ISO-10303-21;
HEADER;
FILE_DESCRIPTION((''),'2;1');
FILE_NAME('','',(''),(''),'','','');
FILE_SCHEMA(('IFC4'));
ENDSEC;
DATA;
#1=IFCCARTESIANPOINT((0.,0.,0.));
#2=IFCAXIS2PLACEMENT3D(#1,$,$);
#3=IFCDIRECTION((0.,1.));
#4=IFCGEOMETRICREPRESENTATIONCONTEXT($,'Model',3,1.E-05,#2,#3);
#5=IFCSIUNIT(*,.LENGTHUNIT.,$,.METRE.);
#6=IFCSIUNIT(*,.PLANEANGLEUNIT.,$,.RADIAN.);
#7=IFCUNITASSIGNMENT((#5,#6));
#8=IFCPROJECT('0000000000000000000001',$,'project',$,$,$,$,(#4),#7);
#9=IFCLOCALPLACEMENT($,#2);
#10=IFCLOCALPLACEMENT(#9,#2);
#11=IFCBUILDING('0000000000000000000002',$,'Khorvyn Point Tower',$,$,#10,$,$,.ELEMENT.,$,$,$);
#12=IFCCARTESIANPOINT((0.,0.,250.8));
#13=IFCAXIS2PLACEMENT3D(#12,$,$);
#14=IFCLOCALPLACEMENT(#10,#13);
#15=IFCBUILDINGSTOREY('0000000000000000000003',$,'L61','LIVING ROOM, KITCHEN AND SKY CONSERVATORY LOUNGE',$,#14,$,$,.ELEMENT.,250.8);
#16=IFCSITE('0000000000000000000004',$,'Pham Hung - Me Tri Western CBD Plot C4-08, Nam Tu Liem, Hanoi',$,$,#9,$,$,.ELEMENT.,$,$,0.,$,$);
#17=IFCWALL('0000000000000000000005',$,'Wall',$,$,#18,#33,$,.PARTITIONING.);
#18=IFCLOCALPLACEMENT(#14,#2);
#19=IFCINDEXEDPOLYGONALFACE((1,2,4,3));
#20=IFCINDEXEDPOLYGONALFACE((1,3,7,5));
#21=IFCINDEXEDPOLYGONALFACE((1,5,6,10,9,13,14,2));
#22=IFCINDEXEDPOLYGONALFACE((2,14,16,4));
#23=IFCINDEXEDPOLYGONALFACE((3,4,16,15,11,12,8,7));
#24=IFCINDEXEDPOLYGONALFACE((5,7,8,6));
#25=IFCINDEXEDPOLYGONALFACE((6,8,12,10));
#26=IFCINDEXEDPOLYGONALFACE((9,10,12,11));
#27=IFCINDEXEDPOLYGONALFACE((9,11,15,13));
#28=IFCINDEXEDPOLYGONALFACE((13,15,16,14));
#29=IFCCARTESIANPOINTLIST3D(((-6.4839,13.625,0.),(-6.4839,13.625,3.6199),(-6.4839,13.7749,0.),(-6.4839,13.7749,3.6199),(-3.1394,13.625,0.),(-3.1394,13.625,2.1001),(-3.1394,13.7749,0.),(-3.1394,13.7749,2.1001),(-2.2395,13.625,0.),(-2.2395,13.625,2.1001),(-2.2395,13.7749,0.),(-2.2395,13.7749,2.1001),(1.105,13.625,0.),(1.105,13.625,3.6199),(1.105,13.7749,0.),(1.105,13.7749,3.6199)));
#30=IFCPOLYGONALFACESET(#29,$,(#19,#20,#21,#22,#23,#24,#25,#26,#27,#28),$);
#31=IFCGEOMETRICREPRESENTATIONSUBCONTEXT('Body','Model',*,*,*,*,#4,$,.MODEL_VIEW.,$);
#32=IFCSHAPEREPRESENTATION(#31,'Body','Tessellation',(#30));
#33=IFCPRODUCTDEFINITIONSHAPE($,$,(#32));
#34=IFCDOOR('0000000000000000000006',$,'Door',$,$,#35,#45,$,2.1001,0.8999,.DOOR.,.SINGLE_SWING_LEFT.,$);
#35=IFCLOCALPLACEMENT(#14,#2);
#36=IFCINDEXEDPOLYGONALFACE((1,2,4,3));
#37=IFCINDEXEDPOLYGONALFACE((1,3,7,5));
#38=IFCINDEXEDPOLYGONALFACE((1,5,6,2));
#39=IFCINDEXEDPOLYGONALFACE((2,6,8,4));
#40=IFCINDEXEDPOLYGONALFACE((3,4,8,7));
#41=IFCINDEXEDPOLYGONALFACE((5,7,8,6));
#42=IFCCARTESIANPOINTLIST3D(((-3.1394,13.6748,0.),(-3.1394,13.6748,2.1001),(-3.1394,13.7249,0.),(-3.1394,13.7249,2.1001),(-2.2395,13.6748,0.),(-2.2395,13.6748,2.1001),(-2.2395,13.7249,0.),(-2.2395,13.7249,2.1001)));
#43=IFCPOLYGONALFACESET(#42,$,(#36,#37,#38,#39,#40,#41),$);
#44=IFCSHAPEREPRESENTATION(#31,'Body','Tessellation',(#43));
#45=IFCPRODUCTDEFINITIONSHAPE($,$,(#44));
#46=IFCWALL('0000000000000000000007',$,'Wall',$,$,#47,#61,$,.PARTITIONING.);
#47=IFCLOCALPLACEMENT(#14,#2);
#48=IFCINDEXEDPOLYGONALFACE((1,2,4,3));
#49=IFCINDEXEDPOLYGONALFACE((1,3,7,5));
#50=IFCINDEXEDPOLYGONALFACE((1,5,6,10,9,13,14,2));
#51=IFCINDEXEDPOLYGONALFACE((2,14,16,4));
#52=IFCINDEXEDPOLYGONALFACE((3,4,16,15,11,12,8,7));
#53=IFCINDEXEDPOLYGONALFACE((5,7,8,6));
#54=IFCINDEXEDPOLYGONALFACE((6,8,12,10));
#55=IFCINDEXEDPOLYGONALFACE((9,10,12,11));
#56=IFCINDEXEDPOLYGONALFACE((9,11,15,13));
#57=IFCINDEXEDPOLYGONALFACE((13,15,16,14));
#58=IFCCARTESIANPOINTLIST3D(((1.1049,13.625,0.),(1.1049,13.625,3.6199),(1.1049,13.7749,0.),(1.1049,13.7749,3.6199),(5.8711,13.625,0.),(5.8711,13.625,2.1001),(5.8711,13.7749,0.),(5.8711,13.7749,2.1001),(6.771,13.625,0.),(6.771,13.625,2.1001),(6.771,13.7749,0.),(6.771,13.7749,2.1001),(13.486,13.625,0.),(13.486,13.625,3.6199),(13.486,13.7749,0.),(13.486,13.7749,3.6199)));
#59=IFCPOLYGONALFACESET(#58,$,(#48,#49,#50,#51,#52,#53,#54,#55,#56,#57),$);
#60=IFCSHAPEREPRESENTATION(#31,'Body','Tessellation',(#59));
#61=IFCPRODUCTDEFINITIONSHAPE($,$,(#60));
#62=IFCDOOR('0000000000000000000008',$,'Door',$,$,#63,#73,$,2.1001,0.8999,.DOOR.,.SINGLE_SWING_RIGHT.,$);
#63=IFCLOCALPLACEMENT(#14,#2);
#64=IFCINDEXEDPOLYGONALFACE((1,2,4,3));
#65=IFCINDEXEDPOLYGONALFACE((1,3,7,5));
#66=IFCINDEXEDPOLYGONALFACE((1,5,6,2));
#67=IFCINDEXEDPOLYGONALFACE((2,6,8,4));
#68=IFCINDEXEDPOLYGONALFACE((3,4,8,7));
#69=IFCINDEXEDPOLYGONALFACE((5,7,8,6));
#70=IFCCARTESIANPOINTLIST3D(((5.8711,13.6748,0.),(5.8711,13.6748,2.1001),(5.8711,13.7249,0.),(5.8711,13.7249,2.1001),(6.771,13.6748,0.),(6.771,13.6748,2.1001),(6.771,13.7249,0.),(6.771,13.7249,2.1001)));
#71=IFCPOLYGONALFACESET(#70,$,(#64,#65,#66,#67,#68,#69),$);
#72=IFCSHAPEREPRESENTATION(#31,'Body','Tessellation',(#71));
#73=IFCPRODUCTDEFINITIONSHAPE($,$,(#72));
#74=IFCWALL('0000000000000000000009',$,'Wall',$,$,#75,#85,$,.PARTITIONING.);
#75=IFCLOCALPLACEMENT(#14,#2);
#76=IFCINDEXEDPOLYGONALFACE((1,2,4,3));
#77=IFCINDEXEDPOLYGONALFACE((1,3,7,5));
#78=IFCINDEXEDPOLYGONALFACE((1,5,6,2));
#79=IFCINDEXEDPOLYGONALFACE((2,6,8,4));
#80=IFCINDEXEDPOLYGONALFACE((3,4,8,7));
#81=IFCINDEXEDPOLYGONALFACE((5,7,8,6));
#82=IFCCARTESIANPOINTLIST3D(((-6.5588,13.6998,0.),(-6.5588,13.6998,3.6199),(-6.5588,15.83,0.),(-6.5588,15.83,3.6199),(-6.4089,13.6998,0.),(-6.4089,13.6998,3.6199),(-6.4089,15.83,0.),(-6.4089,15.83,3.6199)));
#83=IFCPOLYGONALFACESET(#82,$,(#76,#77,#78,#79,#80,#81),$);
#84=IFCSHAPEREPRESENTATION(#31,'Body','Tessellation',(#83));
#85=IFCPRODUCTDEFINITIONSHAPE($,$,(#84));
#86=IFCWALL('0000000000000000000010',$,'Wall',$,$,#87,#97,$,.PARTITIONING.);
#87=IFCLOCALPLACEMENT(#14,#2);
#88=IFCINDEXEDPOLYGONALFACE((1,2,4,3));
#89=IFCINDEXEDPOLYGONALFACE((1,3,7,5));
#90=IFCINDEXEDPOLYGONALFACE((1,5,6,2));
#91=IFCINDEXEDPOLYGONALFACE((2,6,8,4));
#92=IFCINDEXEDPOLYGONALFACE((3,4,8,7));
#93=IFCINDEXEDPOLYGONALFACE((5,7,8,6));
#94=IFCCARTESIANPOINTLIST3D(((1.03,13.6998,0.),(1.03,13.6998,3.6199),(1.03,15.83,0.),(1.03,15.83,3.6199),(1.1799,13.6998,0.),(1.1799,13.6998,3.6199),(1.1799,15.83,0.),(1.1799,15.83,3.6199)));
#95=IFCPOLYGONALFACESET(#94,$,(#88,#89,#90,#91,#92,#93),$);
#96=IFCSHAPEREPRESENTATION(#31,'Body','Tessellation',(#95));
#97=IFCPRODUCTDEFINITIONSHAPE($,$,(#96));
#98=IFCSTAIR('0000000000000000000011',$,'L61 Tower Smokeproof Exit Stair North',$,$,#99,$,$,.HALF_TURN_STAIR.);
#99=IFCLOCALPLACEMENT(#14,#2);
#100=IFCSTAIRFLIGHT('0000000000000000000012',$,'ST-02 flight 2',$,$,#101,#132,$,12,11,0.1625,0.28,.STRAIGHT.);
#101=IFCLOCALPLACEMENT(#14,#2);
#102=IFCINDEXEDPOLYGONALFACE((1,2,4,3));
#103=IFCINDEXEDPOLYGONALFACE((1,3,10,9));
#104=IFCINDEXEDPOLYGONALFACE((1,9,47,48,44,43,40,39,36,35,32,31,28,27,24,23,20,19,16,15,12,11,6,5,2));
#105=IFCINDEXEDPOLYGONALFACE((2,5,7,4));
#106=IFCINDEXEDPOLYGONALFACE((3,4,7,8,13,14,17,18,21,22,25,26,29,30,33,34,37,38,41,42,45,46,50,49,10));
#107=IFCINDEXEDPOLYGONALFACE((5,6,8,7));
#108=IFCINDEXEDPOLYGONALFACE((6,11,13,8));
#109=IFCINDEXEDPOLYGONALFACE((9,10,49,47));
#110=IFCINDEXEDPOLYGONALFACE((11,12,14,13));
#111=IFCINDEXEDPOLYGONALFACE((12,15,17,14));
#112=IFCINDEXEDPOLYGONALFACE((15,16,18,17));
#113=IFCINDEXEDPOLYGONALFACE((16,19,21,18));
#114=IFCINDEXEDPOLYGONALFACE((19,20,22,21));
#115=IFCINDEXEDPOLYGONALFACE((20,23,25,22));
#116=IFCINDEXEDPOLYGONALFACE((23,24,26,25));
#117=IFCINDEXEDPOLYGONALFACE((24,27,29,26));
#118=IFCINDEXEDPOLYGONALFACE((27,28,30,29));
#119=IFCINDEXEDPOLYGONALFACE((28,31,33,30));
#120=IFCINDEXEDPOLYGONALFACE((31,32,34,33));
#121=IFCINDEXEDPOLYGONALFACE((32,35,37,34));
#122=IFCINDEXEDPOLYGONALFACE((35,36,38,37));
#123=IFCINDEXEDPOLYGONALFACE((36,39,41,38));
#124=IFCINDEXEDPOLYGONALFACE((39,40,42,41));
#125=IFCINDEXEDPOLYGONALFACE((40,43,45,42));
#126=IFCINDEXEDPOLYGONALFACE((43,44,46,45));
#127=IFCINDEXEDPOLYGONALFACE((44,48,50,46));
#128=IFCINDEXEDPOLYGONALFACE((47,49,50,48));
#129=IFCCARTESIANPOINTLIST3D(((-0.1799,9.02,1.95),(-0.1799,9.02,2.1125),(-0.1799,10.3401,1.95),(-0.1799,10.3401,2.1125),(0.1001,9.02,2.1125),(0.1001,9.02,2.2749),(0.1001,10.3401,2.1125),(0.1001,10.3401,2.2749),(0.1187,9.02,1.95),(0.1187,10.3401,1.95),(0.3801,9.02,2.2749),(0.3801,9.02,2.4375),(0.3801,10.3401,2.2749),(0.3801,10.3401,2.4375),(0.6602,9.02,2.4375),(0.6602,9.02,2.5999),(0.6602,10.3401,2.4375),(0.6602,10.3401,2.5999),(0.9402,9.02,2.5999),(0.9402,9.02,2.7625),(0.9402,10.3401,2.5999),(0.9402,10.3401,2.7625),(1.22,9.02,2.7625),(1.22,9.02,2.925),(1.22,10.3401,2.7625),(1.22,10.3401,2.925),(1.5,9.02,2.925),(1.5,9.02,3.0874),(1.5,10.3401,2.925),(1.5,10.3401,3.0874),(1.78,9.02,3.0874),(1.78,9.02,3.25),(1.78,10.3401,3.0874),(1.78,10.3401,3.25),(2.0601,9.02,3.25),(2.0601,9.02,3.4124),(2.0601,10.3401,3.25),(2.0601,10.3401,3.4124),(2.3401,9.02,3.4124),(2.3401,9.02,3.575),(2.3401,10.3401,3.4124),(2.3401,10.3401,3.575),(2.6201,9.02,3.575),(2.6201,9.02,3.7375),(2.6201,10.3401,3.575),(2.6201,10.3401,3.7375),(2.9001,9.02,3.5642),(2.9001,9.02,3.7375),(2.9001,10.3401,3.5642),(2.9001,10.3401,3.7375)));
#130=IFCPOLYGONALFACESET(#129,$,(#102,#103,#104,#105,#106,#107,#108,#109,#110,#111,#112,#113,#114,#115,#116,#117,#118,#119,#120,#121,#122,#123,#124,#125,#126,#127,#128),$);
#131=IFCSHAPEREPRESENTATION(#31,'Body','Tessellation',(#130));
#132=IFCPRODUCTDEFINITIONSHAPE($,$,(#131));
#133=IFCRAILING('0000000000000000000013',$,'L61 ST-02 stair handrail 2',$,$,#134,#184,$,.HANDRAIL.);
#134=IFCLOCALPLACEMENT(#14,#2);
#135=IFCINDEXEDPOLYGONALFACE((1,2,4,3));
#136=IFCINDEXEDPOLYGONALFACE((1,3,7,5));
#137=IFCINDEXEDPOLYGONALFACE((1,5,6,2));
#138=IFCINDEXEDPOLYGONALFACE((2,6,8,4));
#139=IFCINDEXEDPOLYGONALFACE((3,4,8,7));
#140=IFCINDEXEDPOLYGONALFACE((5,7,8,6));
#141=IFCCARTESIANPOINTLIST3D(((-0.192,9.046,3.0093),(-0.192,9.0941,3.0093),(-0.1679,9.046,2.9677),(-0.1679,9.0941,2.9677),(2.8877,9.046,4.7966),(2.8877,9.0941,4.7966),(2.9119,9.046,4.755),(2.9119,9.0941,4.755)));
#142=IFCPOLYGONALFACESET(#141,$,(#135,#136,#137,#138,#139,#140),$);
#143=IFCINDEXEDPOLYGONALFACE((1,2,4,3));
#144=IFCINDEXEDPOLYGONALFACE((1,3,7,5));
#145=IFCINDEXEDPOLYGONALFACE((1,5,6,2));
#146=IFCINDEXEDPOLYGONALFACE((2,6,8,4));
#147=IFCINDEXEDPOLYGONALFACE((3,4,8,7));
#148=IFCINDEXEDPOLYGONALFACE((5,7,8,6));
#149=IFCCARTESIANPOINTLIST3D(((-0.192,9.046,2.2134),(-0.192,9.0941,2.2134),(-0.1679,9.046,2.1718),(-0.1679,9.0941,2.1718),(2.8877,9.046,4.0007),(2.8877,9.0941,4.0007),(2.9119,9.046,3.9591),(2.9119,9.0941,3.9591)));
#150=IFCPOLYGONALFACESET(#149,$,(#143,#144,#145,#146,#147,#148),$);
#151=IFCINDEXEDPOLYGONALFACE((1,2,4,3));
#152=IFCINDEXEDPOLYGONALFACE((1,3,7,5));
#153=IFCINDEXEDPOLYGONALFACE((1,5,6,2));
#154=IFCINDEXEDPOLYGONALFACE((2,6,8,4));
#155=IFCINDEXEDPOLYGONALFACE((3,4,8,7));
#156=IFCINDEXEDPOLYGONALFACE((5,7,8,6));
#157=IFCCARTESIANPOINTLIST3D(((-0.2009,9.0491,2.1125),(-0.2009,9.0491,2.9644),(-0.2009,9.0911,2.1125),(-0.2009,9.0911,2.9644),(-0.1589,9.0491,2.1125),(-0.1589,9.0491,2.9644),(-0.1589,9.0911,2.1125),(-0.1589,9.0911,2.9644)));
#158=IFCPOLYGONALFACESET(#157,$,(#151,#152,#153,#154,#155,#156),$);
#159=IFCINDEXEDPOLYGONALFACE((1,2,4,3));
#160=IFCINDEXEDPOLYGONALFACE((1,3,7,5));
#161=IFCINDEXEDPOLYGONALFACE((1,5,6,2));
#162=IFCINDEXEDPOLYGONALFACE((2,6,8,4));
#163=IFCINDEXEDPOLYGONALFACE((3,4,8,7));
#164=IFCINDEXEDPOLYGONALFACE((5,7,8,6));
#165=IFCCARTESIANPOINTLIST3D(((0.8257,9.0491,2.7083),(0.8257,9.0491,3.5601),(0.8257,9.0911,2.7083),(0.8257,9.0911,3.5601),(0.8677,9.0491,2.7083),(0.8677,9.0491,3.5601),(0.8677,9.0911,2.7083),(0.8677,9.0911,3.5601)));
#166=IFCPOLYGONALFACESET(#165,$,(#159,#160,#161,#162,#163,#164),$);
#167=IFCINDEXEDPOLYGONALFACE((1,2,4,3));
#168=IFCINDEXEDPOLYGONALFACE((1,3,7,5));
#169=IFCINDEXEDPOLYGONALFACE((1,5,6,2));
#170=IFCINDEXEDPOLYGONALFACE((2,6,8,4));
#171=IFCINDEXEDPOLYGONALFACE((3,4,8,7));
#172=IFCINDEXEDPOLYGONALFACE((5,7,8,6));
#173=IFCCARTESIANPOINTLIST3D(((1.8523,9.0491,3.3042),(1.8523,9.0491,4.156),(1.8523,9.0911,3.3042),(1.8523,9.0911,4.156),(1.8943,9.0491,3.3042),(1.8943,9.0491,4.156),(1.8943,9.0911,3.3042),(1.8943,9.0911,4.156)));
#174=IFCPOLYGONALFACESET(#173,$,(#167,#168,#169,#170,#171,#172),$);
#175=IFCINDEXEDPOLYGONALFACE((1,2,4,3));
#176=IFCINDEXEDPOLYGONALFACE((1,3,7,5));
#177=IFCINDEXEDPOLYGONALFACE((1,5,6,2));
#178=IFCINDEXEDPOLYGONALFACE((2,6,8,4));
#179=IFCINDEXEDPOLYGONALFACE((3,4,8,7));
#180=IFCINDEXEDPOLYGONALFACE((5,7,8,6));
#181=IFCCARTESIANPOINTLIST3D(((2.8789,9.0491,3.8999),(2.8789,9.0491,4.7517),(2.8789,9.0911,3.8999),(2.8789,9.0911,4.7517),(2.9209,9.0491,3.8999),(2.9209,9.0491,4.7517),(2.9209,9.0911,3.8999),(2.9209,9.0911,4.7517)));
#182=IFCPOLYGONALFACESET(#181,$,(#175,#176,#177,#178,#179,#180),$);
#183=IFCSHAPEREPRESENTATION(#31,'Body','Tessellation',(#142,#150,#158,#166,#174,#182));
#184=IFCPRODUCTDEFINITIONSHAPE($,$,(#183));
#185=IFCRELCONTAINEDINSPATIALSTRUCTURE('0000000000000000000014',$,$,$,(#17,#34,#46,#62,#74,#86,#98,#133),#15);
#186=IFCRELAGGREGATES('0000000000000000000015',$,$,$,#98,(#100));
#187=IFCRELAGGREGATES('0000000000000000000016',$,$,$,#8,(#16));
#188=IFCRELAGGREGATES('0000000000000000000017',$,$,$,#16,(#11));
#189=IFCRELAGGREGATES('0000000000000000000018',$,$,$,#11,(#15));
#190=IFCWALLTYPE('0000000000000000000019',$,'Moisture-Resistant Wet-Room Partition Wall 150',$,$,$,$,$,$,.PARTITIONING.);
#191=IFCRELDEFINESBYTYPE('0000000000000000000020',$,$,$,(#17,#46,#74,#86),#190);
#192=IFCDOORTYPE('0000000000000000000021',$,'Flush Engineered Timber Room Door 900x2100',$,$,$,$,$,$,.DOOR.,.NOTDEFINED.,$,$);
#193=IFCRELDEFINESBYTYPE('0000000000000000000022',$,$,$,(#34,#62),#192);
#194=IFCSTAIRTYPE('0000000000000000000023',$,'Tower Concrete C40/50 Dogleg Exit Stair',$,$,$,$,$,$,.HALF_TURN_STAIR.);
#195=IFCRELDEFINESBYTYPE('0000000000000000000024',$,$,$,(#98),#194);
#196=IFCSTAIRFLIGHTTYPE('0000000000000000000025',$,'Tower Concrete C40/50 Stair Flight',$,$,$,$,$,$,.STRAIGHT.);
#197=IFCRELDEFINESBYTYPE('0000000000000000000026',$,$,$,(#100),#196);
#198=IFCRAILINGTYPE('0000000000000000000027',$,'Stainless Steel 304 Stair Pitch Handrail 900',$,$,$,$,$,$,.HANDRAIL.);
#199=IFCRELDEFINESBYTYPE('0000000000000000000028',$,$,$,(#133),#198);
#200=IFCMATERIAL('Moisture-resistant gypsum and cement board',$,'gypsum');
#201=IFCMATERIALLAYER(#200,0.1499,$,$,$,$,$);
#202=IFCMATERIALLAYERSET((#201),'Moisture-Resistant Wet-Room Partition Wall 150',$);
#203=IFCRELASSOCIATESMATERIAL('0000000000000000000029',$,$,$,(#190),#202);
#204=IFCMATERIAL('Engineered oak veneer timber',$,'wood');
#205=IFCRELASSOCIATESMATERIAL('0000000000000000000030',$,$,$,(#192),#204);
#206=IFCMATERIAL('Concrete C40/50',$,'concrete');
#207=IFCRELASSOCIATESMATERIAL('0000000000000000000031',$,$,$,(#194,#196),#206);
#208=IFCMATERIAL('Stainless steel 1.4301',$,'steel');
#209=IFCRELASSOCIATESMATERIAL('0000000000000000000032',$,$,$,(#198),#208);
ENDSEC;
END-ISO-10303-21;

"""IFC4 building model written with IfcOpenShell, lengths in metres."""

from ifc_helpers import new_model, si_unit, direction, frame, frame_2d, origin, origin_2d, place, context, subcontext, project, spatial, polyline, rectangle, outline, extrude, material, layer, layer_set, type_object, element, fill, aggregate, save


model = new_model("IFC4")

# Units and contexts
model_context = context("Model", 3, precision=1e-05, world=origin(), true_north=direction((0.0, 1.0)))
body_context = subcontext(model_context, "Body", "Model", "MODEL_VIEW")
ifc_project = project(units=[si_unit("LENGTHUNIT", "METRE"), si_unit("PLANEANGLEUNIT", "RADIAN")], contexts=[model_context])

# Site, building, storey
site_placement = place(None, origin())
site = spatial("IfcSite", under=ifc_project, at=site_placement, Name="Pham Hung - Me Tri Western CBD Plot C4-08, Nam Tu Liem, Hanoi", CompositionType="ELEMENT", RefElevation=0.0)
building_placement = place(site_placement, origin())
building = spatial("IfcBuilding", under=site, at=building_placement, Name="Khorvyn Point Tower", CompositionType="ELEMENT")
storey_placement = place(building_placement, frame((0.0, 0.0, 250.8)))
storey = spatial("IfcBuildingStorey", under=building, at=storey_placement, Name="L61", Description="LIVING ROOM, KITCHEN AND SKY CONSERVATORY LOUNGE", CompositionType="ELEMENT", Elevation=250.8)

# Shared definitions
ifc_material_1 = material(Name="Concrete C40/50", Category="concrete")

# Walls, openings, doors
ifc_material_2 = material(Name="Moisture-resistant gypsum and cement board", Category="gypsum")
ifc_layer_1 = layer(ifc_material_2, 0.1499)
ifc_layer_set_1 = layer_set([ifc_layer_1], Name="Moisture-Resistant Wet-Room Partition Wall 150")
wall_type_1 = type_object("IfcWallType", Name="Moisture-Resistant Wet-Room Partition Wall 150", PredefinedType="PARTITIONING", material=ifc_layer_set_1)
wall_1_placement = place(storey_placement, frame((-6.4839, 13.7, 0.0), z_axis=(0.0, 0.0, 1.0), x_axis=(1.0, 0.0, 0.0)))
wall_1 = element("IfcWall", 1, at=wall_1_placement, inside=storey, type_object=wall_type_1, Name="Wall", PredefinedType="PARTITIONING", context=body_context, shape_type="SweptSolid", body=[
    extrude(rectangle(XDim=7.5889, YDim=0.1499, at=frame_2d((3.7944, 0.0))), origin(), (0.0, 0.0, 1.0), 3.6199),
])
opening_1_placement = place(wall_1_placement, frame((3.3445, 0.0, 0.0)))
opening_1 = element("IfcOpeningElement", 2, at=opening_1_placement, cuts=wall_1, PredefinedType="OPENING", context=body_context, shape_type="SweptSolid", body=[
    extrude(rectangle(XDim=0.8999, YDim=2.1001, at=frame_2d((0.45, 1.05))), frame((0.0, 0.085, 0.0), z_axis=(0.0, -1.0, 0.0), x_axis=(1.0, 0.0, 0.0)), (0.0, 0.0, 1.0), 0.1699),
])
ifc_material_3 = material(Name="Engineered oak veneer timber", Category="wood")
door_type_1 = type_object("IfcDoorType", Name="Flush Engineered Timber Room Door 900x2100", OperationType="NOTDEFINED", PredefinedType="DOOR", material=ifc_material_3)
door_1_placement = place(opening_1_placement, origin())
door_1 = element("IfcDoor", 3, at=door_1_placement, inside=storey, type_object=door_type_1, Name="Door", OperationType="SINGLE_SWING_LEFT", OverallHeight=2.1001, OverallWidth=0.8999, PredefinedType="DOOR", context=body_context, shape_type="SweptSolid", body=[
    extrude(rectangle(XDim=0.8999, YDim=2.1001, at=frame_2d((0.45, 1.05))), frame((0.0, 0.0249, 0.0), z_axis=(0.0, -1.0, 0.0), x_axis=(1.0, 0.0, 0.0)), (0.0, 0.0, 1.0), 0.05),
])
fill(opening_1, door_1)
wall_2_placement = place(storey_placement, frame((1.105, 13.7, 0.0), z_axis=(0.0, 0.0, 1.0), x_axis=(1.0, 0.0, 0.0)))
wall_2 = element("IfcWall", 4, at=wall_2_placement, inside=storey, type_object=wall_type_1, Name="Wall", PredefinedType="PARTITIONING", context=body_context, shape_type="SweptSolid", body=[
    extrude(rectangle(XDim=12.3811, YDim=0.1499, at=frame_2d((6.1904, 0.0))), origin(), (0.0, 0.0, 1.0), 3.6199),
])
opening_2_placement = place(wall_2_placement, frame((4.7661, 0.0, 0.0)))
opening_2 = element("IfcOpeningElement", 5, at=opening_2_placement, cuts=wall_2, PredefinedType="OPENING", context=body_context, shape_type="SweptSolid", body=[
    extrude(rectangle(XDim=0.8999, YDim=2.1001, at=frame_2d((0.45, 1.05))), frame((0.0, 0.085, 0.0), z_axis=(0.0, -1.0, 0.0), x_axis=(1.0, 0.0, 0.0)), (0.0, 0.0, 1.0), 0.1699),
])
door_2_placement = place(opening_2_placement, origin())
door_2 = element("IfcDoor", 6, at=door_2_placement, inside=storey, type_object=door_type_1, Name="Door", OperationType="SINGLE_SWING_RIGHT", OverallHeight=2.1001, OverallWidth=0.8999, PredefinedType="DOOR", context=body_context, shape_type="SweptSolid", body=[
    extrude(rectangle(XDim=0.8999, YDim=2.1001, at=frame_2d((0.45, 1.05))), frame((0.0, 0.0249, 0.0), z_axis=(0.0, -1.0, 0.0), x_axis=(1.0, 0.0, 0.0)), (0.0, 0.0, 1.0), 0.05),
])
fill(opening_2, door_2)

# Walls
for number, where, z_axis, x_axis, name in (
    (7, (-6.4839, 13.7, 0.0), (0.0, 0.0, 1.0), (0.0, 1.0, 0.0), "Wall"),
    (8, (1.105, 13.7, 0.0), (0.0, 0.0, 1.0), (0.0, 1.0, 0.0), "Wall"),
):
    element("IfcWall", number, at=place(storey_placement, frame(where, z_axis=z_axis, x_axis=x_axis)), inside=storey, type_object=wall_type_1, Name=name, PredefinedType="PARTITIONING", context=body_context, shape_type="SweptSolid", body=[
        extrude(rectangle(XDim=2.1301, YDim=0.1499, at=frame_2d((1.0649, 0.0))), origin(), (0.0, 0.0, 1.0), 3.6199),
    ])

# Stair, stair flight
stair_type = type_object("IfcStairType", Name="Tower Concrete C40/50 Dogleg Exit Stair", PredefinedType="HALF_TURN_STAIR", material=ifc_material_1)
stair_placement = place(storey_placement, origin())
stair = element("IfcStair", 9, at=stair_placement, inside=storey, type_object=stair_type, Name="L61 Tower Smokeproof Exit Stair North", PredefinedType="HALF_TURN_STAIR")
stair_flight_type = type_object("IfcStairFlightType", Name="Tower Concrete C40/50 Stair Flight", PredefinedType="STRAIGHT", material=ifc_material_1)
stair_flight_placement = place(storey_placement, frame((-0.1799, 9.6799, 1.95), z_axis=(0.0, 0.0, 1.0), x_axis=(1.0, 0.0, 0.0)))
stair_flight = element("IfcStairFlight", 10, at=stair_flight_placement, type_object=stair_flight_type, Name="ST-02 flight 2", NumberOfRisers=12, NumberOfTreads=11, PredefinedType="STRAIGHT", RiserHeight=0.1625, TreadLength=0.28, context=body_context, shape_type="SweptSolid", body=[
    extrude(outline(polyline([(0.0, 0.0), (0.0, 0.1626), (0.28, 0.1626), (0.28, 0.325), (0.5601, 0.325), (0.5601, 0.4875), (0.8401, 0.4875), (0.8401, 0.6499), (1.1201, 0.6499), (1.1201, 0.8125), (1.3999, 0.8125), (1.3999, 0.9751), (1.6799, 0.9751), (1.6799, 1.1375), (1.96, 1.1375), (1.96, 1.3), (2.24, 1.3), (2.24, 1.4624), (2.52, 1.4624), (2.52, 1.625), (2.8, 1.625), (2.8, 1.7876), (3.0801, 1.7876), (3.0801, 1.95), (3.0801, 1.6143), (0.2986, 0.0), (0.0, 0.0)])), frame((0.0, 0.6602, 0.0), z_axis=(0.0, -1.0, 0.0), x_axis=(1.0, 0.0, 0.0)), (0.0, 0.0, 1.0), 1.3201),
])
aggregate(stair, [stair_flight])

# Railing
ifc_material_4 = material(Name="Stainless steel 1.4301", Category="steel")
railing_type_1 = type_object("IfcRailingType", Name="Stainless Steel 304 Stair Pitch Handrail 900", PredefinedType="HANDRAIL", material=ifc_material_4)
railing_1_placement = place(storey_placement, frame((-0.1799, 9.0701, 2.1125)))
element("IfcRailing", 11, at=railing_1_placement, inside=storey, type_object=railing_type_1, Name="L61 ST-02 stair handrail 2", PredefinedType="HANDRAIL", context=body_context, shape_type="SweptSolid", body=[
    extrude(rectangle(XDim=0.0481, YDim=0.0481, at=origin_2d()), frame((0.0, 0.0, 0.876), z_axis=(0.864903, 0.0, 0.501939), x_axis=(0.0, 1.0, 0.0)), (0.0, 0.0, 1.0), 3.5608),
    extrude(rectangle(XDim=0.0481, YDim=0.0481, at=origin_2d()), frame((0.0, 0.0, 0.0801), z_axis=(0.864903, 0.0, 0.501939), x_axis=(0.0, 1.0, 0.0)), (0.0, 0.0, 1.0), 3.5608),
    extrude(rectangle(XDim=0.042, YDim=0.042, at=origin_2d()), origin(), (0.0, 0.0, 1.0), 0.8518),
    extrude(rectangle(XDim=0.042, YDim=0.042, at=origin_2d()), frame((1.0266, 0.0, 0.5957)), (0.0, 0.0, 1.0), 0.8518),
    extrude(rectangle(XDim=0.042, YDim=0.042, at=origin_2d()), frame((2.0532, 0.0, 1.1917)), (0.0, 0.0, 1.0), 0.8518),
    extrude(rectangle(XDim=0.042, YDim=0.042, at=origin_2d()), frame((3.0798, 0.0, 1.7874)), (0.0, 0.0, 1.0), 0.8518),
])

save(model, "model.ifc")
